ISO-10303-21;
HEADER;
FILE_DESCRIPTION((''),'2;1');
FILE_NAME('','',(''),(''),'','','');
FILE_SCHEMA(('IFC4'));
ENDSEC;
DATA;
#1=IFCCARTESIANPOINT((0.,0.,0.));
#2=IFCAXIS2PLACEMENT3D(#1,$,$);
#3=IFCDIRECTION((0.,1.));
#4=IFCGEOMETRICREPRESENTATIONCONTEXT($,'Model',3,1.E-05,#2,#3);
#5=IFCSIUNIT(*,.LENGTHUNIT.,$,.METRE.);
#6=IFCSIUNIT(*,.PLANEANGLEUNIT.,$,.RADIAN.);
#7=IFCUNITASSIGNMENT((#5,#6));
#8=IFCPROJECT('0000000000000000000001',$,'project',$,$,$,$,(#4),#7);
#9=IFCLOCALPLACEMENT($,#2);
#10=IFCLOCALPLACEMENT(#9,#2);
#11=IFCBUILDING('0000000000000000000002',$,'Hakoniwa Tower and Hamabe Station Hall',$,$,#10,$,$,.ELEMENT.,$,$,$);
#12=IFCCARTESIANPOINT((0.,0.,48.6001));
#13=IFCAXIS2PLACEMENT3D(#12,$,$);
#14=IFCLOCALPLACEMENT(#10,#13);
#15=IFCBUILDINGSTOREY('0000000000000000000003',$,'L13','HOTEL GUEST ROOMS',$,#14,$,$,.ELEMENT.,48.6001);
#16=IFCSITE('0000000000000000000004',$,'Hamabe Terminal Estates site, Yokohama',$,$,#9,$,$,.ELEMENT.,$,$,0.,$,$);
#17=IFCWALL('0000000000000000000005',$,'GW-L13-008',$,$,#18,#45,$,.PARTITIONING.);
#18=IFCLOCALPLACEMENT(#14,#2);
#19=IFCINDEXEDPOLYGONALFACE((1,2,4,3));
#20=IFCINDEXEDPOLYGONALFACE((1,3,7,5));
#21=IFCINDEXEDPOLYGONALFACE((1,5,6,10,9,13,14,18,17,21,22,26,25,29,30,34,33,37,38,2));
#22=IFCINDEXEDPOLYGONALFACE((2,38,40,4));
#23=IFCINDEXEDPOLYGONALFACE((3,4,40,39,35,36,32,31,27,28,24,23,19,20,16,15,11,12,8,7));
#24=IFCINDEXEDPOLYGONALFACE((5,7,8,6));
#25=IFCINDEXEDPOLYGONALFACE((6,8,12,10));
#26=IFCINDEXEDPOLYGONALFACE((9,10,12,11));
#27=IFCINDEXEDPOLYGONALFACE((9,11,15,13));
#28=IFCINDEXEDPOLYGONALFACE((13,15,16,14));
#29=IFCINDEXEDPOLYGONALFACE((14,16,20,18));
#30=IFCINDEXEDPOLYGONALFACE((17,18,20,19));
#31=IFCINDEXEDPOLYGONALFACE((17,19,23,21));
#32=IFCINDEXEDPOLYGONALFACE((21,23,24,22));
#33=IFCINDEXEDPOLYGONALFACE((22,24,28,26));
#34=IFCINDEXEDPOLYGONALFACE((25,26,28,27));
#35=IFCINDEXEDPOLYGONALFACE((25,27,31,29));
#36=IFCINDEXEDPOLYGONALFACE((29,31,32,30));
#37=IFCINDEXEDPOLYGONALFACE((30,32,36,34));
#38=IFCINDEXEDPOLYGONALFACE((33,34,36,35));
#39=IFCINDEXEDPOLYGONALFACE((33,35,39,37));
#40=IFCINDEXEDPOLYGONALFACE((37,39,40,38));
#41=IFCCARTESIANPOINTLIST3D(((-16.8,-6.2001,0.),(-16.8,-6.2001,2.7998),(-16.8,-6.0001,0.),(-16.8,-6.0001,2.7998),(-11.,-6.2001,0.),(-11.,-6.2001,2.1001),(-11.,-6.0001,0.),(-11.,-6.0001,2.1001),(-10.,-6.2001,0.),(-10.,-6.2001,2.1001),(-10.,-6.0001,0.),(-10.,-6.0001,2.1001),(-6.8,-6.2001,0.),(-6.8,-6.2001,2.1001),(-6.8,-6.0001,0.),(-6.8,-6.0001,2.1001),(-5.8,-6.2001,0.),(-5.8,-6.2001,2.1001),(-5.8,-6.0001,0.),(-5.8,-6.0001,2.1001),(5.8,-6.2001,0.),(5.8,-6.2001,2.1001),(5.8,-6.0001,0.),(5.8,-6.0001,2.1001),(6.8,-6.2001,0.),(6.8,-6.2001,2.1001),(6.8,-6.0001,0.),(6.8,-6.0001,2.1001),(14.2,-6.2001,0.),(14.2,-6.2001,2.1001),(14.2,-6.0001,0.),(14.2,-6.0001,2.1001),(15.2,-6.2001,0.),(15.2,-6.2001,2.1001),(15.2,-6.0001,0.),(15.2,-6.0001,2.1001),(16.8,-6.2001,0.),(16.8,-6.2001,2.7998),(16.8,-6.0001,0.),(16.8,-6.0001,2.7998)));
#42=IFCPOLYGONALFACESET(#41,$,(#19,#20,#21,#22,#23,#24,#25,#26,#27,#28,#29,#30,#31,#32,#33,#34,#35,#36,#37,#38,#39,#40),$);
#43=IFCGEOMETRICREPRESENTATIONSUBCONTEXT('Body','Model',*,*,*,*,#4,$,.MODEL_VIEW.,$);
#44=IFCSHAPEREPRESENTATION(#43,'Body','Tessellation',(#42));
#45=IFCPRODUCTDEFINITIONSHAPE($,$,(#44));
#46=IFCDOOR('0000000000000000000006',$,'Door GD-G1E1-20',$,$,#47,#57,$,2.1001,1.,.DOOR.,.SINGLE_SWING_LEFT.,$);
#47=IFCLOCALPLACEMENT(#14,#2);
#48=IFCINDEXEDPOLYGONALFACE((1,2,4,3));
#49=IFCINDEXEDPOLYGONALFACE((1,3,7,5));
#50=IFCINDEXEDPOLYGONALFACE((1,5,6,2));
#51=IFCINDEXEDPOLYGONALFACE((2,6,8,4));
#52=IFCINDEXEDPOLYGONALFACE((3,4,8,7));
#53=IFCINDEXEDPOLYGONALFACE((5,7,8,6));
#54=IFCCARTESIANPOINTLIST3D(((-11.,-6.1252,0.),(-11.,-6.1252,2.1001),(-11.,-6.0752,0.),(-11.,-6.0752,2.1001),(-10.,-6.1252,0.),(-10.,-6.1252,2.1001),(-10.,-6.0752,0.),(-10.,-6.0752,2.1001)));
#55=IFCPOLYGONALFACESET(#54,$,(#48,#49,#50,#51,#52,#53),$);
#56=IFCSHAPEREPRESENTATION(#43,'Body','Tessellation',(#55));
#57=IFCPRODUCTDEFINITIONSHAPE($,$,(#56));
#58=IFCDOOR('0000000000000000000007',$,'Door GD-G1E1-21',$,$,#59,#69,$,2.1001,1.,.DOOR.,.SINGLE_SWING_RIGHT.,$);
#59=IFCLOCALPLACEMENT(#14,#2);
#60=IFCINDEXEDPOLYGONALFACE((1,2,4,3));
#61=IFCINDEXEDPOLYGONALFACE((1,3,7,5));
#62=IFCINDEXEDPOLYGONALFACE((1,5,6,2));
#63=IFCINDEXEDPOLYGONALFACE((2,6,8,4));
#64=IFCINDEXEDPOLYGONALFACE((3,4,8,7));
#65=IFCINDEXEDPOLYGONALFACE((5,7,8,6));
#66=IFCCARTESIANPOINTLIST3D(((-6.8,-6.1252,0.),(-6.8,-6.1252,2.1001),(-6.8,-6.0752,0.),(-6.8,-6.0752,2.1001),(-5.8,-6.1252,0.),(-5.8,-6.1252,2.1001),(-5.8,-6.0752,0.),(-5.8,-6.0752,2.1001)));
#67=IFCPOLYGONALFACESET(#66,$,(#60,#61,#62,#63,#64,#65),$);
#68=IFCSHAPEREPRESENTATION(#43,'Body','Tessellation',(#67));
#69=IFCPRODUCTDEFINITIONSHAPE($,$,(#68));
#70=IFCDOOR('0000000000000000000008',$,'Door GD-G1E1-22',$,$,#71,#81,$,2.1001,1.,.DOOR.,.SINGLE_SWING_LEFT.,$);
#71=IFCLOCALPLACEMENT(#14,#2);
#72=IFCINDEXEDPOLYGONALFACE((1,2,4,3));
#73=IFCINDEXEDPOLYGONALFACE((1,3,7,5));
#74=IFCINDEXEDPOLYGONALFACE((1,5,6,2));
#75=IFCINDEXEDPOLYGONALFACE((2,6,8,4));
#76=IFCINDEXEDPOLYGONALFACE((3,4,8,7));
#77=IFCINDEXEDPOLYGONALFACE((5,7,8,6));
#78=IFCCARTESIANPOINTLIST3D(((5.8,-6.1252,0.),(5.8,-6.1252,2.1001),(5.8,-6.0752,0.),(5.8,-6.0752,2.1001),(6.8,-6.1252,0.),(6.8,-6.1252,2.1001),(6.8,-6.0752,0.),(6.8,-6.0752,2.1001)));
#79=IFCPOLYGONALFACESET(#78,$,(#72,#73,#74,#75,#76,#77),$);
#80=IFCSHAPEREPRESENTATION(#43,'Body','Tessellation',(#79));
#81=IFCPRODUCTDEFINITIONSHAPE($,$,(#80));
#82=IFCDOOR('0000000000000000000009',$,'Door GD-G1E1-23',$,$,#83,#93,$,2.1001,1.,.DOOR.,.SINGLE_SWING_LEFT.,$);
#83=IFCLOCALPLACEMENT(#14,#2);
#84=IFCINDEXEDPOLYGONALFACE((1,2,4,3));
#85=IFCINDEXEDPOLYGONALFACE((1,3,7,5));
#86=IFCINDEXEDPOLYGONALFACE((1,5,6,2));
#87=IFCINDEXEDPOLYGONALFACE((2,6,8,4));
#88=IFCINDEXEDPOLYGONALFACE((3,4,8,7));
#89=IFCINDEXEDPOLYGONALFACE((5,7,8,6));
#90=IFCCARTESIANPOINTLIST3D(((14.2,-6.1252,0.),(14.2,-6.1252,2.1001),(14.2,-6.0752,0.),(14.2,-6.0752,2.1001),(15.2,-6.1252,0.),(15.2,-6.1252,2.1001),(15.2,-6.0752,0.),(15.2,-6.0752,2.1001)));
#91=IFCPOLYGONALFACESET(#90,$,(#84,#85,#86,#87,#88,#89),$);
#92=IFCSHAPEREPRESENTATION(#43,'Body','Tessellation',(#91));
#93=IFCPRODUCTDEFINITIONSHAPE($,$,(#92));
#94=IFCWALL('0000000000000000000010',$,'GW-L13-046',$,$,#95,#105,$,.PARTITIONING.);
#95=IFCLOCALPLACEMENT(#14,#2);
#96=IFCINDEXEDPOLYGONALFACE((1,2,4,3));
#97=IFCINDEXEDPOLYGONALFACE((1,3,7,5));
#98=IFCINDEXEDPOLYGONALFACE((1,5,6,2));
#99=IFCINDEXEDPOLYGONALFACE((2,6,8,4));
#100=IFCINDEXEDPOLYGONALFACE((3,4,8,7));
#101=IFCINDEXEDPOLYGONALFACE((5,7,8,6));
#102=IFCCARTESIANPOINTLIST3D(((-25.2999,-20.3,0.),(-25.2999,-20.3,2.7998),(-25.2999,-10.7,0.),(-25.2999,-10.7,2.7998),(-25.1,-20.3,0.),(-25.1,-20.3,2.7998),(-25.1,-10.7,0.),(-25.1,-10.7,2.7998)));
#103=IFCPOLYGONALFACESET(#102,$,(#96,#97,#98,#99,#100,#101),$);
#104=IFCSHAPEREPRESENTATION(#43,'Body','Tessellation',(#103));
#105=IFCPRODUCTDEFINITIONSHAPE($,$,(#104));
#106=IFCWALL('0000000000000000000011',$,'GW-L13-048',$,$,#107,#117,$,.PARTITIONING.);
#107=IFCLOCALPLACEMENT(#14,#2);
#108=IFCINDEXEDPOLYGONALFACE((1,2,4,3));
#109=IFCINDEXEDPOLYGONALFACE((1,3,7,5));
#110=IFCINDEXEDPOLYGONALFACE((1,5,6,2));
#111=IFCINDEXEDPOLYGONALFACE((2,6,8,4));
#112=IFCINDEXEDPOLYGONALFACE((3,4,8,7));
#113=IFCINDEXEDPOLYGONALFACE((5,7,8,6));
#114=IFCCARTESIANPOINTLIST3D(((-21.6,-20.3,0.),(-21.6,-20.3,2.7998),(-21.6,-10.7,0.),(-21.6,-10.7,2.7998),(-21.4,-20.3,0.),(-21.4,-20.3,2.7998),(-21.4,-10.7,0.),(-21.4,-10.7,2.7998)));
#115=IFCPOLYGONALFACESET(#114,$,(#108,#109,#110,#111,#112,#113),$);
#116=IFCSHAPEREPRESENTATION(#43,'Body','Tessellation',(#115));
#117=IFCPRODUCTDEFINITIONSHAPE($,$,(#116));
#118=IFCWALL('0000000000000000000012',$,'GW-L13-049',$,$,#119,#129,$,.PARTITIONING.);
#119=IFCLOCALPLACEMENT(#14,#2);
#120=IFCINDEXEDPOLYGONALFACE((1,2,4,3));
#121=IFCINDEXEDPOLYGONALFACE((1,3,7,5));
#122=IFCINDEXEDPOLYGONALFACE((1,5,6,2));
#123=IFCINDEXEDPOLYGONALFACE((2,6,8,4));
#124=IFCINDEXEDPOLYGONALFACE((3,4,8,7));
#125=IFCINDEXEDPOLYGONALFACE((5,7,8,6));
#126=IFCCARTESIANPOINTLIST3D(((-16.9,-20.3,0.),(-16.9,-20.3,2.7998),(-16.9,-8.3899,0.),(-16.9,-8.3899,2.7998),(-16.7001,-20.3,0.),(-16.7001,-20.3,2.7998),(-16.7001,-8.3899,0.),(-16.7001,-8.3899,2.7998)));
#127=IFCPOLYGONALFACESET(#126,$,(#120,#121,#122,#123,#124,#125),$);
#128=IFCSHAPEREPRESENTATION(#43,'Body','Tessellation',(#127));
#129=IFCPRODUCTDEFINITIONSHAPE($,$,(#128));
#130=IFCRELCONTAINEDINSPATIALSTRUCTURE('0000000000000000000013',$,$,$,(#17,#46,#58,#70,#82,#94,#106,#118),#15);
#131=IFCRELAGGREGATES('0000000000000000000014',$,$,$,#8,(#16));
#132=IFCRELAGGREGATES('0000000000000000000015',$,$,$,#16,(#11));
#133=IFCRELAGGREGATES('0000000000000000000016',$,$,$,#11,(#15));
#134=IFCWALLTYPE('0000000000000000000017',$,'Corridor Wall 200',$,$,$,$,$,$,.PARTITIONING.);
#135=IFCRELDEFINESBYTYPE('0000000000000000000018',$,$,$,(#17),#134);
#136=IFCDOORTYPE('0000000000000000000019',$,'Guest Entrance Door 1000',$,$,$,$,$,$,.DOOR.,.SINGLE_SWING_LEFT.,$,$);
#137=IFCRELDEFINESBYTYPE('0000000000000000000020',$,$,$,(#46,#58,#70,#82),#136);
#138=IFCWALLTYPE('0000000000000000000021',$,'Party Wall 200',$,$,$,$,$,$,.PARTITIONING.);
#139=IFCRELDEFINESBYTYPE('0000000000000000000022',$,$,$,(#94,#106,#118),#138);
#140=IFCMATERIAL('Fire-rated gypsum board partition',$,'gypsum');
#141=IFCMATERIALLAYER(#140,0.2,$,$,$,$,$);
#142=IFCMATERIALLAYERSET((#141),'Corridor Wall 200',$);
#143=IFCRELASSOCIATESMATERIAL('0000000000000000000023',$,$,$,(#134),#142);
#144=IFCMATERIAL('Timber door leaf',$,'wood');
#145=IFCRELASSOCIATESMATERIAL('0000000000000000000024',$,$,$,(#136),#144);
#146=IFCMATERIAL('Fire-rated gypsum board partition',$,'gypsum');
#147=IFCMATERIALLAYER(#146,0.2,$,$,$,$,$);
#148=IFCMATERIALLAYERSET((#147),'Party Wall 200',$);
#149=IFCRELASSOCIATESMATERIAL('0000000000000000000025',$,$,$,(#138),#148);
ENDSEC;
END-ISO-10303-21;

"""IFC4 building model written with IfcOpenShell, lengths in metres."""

from ifc_helpers import new_model, si_unit, direction, frame, frame_2d, origin, place, context, subcontext, project, spatial, rectangle, extrude, material, layer, layer_set, type_object, element, fill, save


model = new_model("IFC4")

# Units and contexts
model_context = context("Model", 3, precision=1e-05, world=origin(), true_north=direction((0.0, 1.0)))
body_context = subcontext(model_context, "Body", "Model", "MODEL_VIEW")
ifc_project = project(units=[si_unit("LENGTHUNIT", "METRE"), si_unit("PLANEANGLEUNIT", "RADIAN")], contexts=[model_context])

# Site, building, storey
site_placement = place(None, origin())
site = spatial("IfcSite", under=ifc_project, at=site_placement, Name="Hamabe Terminal Estates site, Yokohama", CompositionType="ELEMENT", RefElevation=0.0)
building_placement = place(site_placement, origin())
building = spatial("IfcBuilding", under=site, at=building_placement, Name="Hakoniwa Tower and Hamabe Station Hall", CompositionType="ELEMENT")
storey_placement = place(building_placement, frame((0.0, 0.0, 48.6001)))
storey = spatial("IfcBuildingStorey", under=building, at=storey_placement, Name="L13", Description="HOTEL GUEST ROOMS", CompositionType="ELEMENT", Elevation=48.6001)

# Wall, openings, doors
ifc_material_1 = material(Name="Fire-rated gypsum board partition", Category="gypsum")
ifc_layer_1 = layer(ifc_material_1, 0.2)
ifc_layer_set_1 = layer_set([ifc_layer_1], Name="Corridor Wall 200")
wall_type_1 = type_object("IfcWallType", Name="Corridor Wall 200", PredefinedType="PARTITIONING", material=ifc_layer_set_1)
wall_1_placement = place(storey_placement, frame((-16.8, -6.1001, 0.0), z_axis=(0.0, 0.0, 1.0), x_axis=(1.0, 0.0, 0.0)))
wall_1 = element("IfcWall", 1, at=wall_1_placement, inside=storey, type_object=wall_type_1, Name="GW-L13-008", PredefinedType="PARTITIONING", context=body_context, shape_type="SweptSolid", body=[
    extrude(rectangle(XDim=33.6001, YDim=0.2, at=frame_2d((16.8, 0.0))), origin(), (0.0, 0.0, 1.0), 2.7998),
])
opening_1_placement = place(wall_1_placement, frame((5.8, 0.0, 0.0)))
opening_1 = element("IfcOpeningElement", 2, at=opening_1_placement, cuts=wall_1, PredefinedType="OPENING", context=body_context, shape_type="SweptSolid", body=[
    extrude(rectangle(XDim=1.0, YDim=2.1001, at=frame_2d((0.5, 1.05))), frame((0.0, 0.1099, 0.0), z_axis=(0.0, -1.0, 0.0), x_axis=(1.0, 0.0, 0.0)), (0.0, 0.0, 1.0), 0.22),
])
opening_2_placement = place(wall_1_placement, frame((10.0, 0.0, 0.0)))
opening_2 = element("IfcOpeningElement", 3, at=opening_2_placement, cuts=wall_1, PredefinedType="OPENING", context=body_context, shape_type="SweptSolid", body=[
    extrude(rectangle(XDim=1.0, YDim=2.1001, at=frame_2d((0.5, 1.05))), frame((0.0, 0.1099, 0.0), z_axis=(0.0, -1.0, 0.0), x_axis=(1.0, 0.0, 0.0)), (0.0, 0.0, 1.0), 0.22),
])
opening_3_placement = place(wall_1_placement, frame((22.6001, 0.0, 0.0)))
opening_3 = element("IfcOpeningElement", 4, at=opening_3_placement, cuts=wall_1, PredefinedType="OPENING", context=body_context, shape_type="SweptSolid", body=[
    extrude(rectangle(XDim=1.0, YDim=2.1001, at=frame_2d((0.5, 1.05))), frame((0.0, 0.1099, 0.0), z_axis=(0.0, -1.0, 0.0), x_axis=(1.0, 0.0, 0.0)), (0.0, 0.0, 1.0), 0.22),
])
opening_4_placement = place(wall_1_placement, frame((31.0, 0.0, 0.0)))
opening_4 = element("IfcOpeningElement", 5, at=opening_4_placement, cuts=wall_1, PredefinedType="OPENING", context=body_context, shape_type="SweptSolid", body=[
    extrude(rectangle(XDim=1.0, YDim=2.1001, at=frame_2d((0.5, 1.05))), frame((0.0, 0.1099, 0.0), z_axis=(0.0, -1.0, 0.0), x_axis=(1.0, 0.0, 0.0)), (0.0, 0.0, 1.0), 0.22),
])
ifc_material_2 = material(Name="Timber door leaf", Category="wood")
door_type_1 = type_object("IfcDoorType", Name="Guest Entrance Door 1000", OperationType="SINGLE_SWING_LEFT", PredefinedType="DOOR", material=ifc_material_2)
door_1_placement = place(opening_1_placement, origin())
door_1 = element("IfcDoor", 6, at=door_1_placement, inside=storey, type_object=door_type_1, Name="Door GD-G1E1-20", OperationType="SINGLE_SWING_LEFT", OverallHeight=2.1001, OverallWidth=1.0, PredefinedType="DOOR", context=body_context, shape_type="SweptSolid", body=[
    extrude(rectangle(XDim=1.0, YDim=2.1001, at=frame_2d((0.5, 1.05))), frame((0.0, 0.0249, 0.0), z_axis=(0.0, -1.0, 0.0), x_axis=(1.0, 0.0, 0.0)), (0.0, 0.0, 1.0), 0.05),
])
fill(opening_1, door_1)
door_2_placement = place(opening_2_placement, origin())
door_2 = element("IfcDoor", 7, at=door_2_placement, inside=storey, type_object=door_type_1, Name="Door GD-G1E1-21", OperationType="SINGLE_SWING_RIGHT", OverallHeight=2.1001, OverallWidth=1.0, PredefinedType="DOOR", context=body_context, shape_type="SweptSolid", body=[
    extrude(rectangle(XDim=1.0, YDim=2.1001, at=frame_2d((0.5, 1.05))), frame((0.0, 0.0249, 0.0), z_axis=(0.0, -1.0, 0.0), x_axis=(1.0, 0.0, 0.0)), (0.0, 0.0, 1.0), 0.05),
])
fill(opening_2, door_2)
door_3_placement = place(opening_3_placement, origin())
door_3 = element("IfcDoor", 8, at=door_3_placement, inside=storey, type_object=door_type_1, Name="Door GD-G1E1-22", OperationType="SINGLE_SWING_LEFT", OverallHeight=2.1001, OverallWidth=1.0, PredefinedType="DOOR", context=body_context, shape_type="SweptSolid", body=[
    extrude(rectangle(XDim=1.0, YDim=2.1001, at=frame_2d((0.5, 1.05))), frame((0.0, 0.0249, 0.0), z_axis=(0.0, -1.0, 0.0), x_axis=(1.0, 0.0, 0.0)), (0.0, 0.0, 1.0), 0.05),
])
fill(opening_3, door_3)
door_4_placement = place(opening_4_placement, origin())
door_4 = element("IfcDoor", 9, at=door_4_placement, inside=storey, type_object=door_type_1, Name="Door GD-G1E1-23", OperationType="SINGLE_SWING_LEFT", OverallHeight=2.1001, OverallWidth=1.0, PredefinedType="DOOR", context=body_context, shape_type="SweptSolid", body=[
    extrude(rectangle(XDim=1.0, YDim=2.1001, at=frame_2d((0.5, 1.05))), frame((0.0, 0.0249, 0.0), z_axis=(0.0, -1.0, 0.0), x_axis=(1.0, 0.0, 0.0)), (0.0, 0.0, 1.0), 0.05),
])
fill(opening_4, door_4)

# Walls
ifc_material_3 = material(Name="Fire-rated gypsum board partition", Category="gypsum")
ifc_layer_2 = layer(ifc_material_3, 0.2)
ifc_layer_set_2 = layer_set([ifc_layer_2], Name="Party Wall 200")
wall_type_2 = type_object("IfcWallType", Name="Party Wall 200", PredefinedType="PARTITIONING", material=ifc_layer_set_2)
for number, where, z_axis, x_axis, name in (
    (10, (-25.2, -20.3, 0.0), (0.0, 0.0, 1.0), (0.0, 1.0, 0.0), "GW-L13-046"),
    (11, (-21.5, -20.3, 0.0), (0.0, 0.0, 1.0), (0.0, 1.0, 0.0), "GW-L13-048"),
):
    element("IfcWall", number, at=place(storey_placement, frame(where, z_axis=z_axis, x_axis=x_axis)), inside=storey, type_object=wall_type_2, Name=name, PredefinedType="PARTITIONING", context=body_context, shape_type="SweptSolid", body=[
        extrude(rectangle(XDim=9.6001, YDim=0.2, at=frame_2d((4.8, 0.0))), origin(), (0.0, 0.0, 1.0), 2.7998),
    ])
wall_2_placement = place(storey_placement, frame((-16.8, -20.3, 0.0), z_axis=(0.0, 0.0, 1.0), x_axis=(0.0, 1.0, 0.0)))
element("IfcWall", 12, at=wall_2_placement, inside=storey, type_object=wall_type_2, Name="GW-L13-049", PredefinedType="PARTITIONING", context=body_context, shape_type="SweptSolid", body=[
    extrude(rectangle(XDim=11.9102, YDim=0.2, at=frame_2d((5.9551, 0.0))), origin(), (0.0, 0.0, 1.0), 2.7998),
])

save(model, "model.ifc")
